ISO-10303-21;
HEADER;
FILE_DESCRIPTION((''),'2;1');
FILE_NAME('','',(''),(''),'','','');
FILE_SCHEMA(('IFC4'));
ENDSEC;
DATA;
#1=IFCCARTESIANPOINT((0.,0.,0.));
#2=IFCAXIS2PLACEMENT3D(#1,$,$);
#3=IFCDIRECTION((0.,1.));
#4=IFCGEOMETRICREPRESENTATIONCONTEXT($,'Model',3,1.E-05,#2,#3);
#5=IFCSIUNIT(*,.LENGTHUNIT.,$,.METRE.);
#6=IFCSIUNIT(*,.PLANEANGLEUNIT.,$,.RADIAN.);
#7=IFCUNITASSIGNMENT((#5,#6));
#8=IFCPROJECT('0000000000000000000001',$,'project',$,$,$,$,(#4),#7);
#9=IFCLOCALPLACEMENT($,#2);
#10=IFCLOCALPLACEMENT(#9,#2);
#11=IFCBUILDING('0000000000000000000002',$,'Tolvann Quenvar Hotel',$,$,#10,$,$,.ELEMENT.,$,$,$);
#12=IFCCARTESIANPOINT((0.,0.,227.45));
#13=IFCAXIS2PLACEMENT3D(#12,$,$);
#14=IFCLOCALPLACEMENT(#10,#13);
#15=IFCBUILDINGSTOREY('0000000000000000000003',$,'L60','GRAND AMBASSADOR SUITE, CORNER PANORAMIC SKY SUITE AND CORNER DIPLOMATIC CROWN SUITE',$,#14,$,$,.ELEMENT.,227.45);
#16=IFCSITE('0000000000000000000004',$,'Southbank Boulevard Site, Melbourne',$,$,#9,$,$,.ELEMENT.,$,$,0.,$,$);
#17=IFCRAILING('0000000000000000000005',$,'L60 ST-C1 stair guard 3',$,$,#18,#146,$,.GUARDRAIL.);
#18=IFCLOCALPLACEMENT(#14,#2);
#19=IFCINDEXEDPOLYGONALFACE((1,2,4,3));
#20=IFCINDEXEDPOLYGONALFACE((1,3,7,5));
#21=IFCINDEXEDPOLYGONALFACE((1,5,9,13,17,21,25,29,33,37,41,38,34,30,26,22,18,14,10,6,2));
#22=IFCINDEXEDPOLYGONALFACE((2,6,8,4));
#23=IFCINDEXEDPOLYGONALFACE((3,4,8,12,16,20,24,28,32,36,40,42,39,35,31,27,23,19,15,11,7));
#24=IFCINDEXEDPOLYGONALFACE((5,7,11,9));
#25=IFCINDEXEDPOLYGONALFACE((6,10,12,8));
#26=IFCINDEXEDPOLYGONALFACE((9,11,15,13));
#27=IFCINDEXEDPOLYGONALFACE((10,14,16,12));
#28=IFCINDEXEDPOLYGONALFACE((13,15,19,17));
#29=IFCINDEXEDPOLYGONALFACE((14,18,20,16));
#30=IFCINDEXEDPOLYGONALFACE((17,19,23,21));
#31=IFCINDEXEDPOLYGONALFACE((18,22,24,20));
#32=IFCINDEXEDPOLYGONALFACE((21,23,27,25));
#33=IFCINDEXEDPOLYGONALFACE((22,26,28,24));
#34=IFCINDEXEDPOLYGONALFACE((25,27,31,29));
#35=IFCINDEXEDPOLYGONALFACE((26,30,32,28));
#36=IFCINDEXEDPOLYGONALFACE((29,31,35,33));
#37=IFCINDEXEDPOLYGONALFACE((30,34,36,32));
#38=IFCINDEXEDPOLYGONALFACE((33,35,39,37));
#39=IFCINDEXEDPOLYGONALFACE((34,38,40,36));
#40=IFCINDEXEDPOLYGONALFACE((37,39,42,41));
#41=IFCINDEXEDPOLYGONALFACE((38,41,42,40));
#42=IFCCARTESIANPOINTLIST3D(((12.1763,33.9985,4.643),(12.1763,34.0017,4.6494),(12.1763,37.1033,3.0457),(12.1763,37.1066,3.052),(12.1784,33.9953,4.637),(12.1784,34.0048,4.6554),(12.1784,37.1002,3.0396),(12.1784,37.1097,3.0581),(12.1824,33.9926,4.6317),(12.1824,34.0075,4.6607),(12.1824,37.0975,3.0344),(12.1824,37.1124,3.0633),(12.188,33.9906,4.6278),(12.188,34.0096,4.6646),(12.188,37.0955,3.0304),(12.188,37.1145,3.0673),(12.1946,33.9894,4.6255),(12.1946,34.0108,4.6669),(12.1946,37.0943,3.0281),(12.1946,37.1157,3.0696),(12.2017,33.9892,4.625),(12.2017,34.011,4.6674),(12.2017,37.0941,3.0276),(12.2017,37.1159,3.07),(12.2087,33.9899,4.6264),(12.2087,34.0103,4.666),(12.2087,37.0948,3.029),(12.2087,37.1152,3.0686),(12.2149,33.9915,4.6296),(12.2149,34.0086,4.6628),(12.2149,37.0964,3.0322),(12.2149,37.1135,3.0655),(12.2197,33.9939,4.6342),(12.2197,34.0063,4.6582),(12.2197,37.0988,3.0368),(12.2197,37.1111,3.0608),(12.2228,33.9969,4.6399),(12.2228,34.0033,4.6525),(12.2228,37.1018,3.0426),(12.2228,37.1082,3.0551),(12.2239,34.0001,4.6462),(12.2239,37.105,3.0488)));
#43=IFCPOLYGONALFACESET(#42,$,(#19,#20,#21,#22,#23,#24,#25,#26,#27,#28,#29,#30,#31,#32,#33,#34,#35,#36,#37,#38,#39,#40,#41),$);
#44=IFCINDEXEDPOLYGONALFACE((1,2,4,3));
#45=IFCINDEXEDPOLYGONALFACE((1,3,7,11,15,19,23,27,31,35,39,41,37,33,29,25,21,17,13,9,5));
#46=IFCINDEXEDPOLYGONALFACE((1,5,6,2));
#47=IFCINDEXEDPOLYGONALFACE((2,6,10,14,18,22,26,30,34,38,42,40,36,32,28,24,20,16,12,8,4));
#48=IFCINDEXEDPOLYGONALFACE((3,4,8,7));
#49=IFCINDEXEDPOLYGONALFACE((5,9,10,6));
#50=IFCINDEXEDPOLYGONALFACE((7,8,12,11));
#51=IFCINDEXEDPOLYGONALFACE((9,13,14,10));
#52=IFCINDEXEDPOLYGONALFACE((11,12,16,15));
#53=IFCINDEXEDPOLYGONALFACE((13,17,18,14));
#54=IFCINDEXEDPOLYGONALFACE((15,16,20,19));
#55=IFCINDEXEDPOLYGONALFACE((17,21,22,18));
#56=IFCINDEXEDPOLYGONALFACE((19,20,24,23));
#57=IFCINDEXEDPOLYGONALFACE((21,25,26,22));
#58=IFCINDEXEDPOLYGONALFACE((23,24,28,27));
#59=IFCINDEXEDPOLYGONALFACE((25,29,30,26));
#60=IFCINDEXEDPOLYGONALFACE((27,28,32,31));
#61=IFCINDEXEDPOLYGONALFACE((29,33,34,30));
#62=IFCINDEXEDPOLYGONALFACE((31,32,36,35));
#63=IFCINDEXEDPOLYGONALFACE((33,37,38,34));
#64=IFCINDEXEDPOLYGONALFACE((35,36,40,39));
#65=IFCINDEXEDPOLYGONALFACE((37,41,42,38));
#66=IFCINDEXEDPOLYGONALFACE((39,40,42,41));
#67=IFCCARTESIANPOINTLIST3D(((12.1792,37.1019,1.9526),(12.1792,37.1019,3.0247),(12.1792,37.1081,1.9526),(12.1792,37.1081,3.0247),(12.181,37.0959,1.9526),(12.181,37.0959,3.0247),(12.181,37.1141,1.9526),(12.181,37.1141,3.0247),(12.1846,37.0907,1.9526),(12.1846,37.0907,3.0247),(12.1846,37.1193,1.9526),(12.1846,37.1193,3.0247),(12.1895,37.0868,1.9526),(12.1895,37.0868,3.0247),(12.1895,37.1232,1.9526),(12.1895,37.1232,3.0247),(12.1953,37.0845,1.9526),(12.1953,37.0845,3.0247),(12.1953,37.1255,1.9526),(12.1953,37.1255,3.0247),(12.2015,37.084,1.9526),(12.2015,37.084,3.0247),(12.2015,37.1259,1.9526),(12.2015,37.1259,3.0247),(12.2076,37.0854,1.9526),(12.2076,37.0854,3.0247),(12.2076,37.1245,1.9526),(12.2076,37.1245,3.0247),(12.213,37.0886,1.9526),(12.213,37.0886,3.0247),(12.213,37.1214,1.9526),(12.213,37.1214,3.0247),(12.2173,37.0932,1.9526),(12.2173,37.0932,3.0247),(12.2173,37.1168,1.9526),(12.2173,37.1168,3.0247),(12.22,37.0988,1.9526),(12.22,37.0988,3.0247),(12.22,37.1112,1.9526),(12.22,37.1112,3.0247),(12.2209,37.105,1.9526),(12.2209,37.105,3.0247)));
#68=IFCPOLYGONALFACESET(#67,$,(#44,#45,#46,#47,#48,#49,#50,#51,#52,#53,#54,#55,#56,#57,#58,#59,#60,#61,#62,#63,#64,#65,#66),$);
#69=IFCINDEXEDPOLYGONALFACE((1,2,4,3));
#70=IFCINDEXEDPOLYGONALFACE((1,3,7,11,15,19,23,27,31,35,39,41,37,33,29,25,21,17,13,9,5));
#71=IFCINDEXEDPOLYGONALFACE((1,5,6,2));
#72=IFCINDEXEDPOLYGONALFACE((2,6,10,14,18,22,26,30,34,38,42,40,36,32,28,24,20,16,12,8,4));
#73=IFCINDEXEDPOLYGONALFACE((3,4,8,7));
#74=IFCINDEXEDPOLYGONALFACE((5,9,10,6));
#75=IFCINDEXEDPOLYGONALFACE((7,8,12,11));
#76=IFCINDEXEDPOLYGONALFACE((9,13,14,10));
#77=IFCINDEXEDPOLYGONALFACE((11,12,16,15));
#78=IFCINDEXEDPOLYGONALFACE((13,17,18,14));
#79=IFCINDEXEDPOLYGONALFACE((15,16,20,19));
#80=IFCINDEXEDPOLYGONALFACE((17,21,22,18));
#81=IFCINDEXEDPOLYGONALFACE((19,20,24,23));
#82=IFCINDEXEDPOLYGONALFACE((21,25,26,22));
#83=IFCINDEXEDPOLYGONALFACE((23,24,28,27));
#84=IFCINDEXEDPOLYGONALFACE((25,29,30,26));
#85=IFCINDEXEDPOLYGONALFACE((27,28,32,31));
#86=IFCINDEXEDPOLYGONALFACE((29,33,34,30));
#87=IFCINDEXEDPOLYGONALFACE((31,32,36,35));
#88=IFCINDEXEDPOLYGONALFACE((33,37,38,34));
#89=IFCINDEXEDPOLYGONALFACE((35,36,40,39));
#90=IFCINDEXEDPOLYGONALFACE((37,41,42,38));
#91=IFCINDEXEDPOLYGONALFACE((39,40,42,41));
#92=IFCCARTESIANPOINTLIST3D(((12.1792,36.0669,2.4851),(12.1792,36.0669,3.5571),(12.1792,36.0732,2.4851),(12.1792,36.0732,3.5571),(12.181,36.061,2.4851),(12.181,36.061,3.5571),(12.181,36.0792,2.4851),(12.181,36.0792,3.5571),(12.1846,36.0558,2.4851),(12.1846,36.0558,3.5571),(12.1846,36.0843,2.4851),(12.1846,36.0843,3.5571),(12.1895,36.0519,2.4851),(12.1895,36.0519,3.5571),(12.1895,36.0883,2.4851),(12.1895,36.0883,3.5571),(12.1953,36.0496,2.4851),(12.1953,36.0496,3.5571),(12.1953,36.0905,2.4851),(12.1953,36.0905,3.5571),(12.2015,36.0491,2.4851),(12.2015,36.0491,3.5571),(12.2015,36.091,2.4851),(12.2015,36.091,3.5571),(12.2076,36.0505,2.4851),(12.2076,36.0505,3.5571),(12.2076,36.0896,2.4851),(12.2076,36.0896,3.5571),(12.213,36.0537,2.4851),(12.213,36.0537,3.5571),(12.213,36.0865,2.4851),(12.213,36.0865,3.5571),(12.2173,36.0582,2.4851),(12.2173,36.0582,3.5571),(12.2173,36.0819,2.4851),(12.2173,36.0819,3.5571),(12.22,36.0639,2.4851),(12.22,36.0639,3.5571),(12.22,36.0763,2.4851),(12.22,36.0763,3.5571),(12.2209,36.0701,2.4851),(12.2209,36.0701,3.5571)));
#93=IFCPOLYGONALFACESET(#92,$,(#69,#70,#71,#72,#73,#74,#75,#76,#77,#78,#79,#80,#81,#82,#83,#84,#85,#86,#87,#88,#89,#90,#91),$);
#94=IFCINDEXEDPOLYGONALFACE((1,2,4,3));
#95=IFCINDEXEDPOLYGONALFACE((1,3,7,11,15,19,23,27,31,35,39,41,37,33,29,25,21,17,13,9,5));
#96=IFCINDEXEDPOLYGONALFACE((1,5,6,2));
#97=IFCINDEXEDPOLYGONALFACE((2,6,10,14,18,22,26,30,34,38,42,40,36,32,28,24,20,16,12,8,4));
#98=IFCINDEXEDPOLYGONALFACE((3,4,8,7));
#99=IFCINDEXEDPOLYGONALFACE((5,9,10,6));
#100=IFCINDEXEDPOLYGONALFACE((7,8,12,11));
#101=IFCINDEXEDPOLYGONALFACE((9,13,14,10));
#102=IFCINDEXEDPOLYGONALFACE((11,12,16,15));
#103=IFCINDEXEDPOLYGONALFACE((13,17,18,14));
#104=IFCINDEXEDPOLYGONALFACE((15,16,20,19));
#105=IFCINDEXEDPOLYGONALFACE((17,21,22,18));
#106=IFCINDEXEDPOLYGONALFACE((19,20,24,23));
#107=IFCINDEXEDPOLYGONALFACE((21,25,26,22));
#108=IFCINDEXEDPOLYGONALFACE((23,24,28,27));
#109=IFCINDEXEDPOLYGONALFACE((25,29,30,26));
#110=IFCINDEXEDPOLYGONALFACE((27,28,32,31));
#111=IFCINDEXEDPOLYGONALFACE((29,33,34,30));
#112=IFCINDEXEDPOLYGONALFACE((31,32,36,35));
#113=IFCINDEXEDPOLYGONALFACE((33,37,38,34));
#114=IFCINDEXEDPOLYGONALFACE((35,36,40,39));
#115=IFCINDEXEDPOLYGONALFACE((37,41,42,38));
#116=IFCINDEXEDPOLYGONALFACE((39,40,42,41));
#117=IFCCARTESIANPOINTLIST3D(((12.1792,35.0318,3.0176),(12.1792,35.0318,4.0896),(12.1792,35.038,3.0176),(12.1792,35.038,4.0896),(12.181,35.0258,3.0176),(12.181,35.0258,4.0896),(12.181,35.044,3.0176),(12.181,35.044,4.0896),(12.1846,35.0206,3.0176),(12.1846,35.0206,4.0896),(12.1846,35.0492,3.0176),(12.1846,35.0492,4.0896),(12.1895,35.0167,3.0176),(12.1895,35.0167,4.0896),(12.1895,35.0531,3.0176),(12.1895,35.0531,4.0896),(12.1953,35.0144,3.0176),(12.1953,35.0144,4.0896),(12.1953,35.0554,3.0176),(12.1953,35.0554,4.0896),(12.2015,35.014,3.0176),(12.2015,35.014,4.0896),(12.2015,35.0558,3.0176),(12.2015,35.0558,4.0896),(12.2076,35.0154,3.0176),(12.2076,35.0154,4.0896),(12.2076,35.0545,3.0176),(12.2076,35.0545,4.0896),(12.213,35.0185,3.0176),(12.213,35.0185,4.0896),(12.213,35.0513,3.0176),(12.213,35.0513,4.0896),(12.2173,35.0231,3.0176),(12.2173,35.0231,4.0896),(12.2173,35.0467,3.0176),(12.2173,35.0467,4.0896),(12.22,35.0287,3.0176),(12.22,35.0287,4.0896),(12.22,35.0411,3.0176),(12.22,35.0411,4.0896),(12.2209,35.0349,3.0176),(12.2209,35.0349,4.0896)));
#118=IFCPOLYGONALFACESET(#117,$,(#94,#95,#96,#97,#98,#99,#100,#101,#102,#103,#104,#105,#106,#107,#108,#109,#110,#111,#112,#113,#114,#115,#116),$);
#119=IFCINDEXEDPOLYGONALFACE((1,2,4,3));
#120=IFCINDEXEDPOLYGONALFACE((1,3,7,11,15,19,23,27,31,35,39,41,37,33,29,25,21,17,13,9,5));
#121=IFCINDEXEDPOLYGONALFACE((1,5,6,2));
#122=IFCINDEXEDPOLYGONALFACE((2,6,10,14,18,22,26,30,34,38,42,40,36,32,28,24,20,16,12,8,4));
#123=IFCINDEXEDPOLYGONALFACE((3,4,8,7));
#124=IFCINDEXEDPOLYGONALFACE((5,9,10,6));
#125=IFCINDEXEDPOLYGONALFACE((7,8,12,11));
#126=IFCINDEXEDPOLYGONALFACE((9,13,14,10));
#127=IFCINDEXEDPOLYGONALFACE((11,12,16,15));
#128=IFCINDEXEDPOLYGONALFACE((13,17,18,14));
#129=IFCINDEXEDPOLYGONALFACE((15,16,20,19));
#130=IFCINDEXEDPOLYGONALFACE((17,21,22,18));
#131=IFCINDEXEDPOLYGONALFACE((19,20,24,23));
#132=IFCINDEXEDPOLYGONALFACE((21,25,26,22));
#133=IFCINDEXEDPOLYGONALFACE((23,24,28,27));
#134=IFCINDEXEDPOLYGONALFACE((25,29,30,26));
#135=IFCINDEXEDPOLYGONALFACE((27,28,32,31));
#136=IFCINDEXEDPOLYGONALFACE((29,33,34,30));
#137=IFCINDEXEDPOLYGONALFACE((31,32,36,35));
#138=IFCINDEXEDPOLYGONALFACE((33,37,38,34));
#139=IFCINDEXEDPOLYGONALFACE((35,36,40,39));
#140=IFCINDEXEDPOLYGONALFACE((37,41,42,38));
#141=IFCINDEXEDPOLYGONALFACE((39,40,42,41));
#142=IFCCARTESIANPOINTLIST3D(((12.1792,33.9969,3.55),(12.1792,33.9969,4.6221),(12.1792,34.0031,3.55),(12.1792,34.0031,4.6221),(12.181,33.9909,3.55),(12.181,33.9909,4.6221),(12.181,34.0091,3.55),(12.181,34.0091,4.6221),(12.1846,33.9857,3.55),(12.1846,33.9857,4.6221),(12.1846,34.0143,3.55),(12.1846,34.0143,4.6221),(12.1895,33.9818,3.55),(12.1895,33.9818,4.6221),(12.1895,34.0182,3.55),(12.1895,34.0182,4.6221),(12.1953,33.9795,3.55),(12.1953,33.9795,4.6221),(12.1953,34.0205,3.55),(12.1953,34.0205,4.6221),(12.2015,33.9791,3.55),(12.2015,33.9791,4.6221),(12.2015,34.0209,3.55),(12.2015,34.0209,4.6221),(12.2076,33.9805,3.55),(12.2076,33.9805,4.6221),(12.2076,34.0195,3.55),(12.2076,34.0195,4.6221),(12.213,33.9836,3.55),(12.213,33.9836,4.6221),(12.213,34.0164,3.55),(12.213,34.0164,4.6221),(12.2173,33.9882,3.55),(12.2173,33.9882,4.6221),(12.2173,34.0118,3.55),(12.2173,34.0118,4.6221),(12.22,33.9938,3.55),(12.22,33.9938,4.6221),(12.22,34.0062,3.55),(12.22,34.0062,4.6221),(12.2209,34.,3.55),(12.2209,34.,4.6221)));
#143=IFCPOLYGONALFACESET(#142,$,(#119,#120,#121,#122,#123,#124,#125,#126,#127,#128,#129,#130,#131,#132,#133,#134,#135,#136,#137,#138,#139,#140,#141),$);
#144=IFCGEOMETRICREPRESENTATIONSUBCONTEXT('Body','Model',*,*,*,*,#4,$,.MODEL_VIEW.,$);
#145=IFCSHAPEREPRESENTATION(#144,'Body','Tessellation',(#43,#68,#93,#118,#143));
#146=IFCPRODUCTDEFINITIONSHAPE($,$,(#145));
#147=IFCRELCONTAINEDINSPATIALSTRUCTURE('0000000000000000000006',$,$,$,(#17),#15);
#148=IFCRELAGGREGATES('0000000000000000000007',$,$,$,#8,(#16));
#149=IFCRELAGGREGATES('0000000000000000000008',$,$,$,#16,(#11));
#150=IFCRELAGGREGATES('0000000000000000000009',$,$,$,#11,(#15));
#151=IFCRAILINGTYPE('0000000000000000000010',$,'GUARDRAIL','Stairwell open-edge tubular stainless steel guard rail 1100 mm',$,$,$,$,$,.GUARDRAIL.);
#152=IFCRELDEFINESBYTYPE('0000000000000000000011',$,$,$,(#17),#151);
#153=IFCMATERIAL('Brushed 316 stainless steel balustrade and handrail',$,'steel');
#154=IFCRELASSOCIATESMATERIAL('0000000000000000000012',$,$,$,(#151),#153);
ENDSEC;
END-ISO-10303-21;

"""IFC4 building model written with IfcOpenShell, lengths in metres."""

from ifc_helpers import new_model, si_unit, direction, frame, origin, origin_2d, place, context, subcontext, project, spatial, circle, extrude, material, type_object, element, save


model = new_model("IFC4")

# Units and contexts
model_context = context("Model", 3, precision=1e-05, world=origin(), true_north=direction((0.0, 1.0)))
body_context = subcontext(model_context, "Body", "Model", "MODEL_VIEW")
ifc_project = project(units=[si_unit("LENGTHUNIT", "METRE"), si_unit("PLANEANGLEUNIT", "RADIAN")], contexts=[model_context])

# Site, building, storey
site_placement = place(None, origin())
site = spatial("IfcSite", under=ifc_project, at=site_placement, Name="Southbank Boulevard Site, Melbourne", CompositionType="ELEMENT", RefElevation=0.0)
building_placement = place(site_placement, origin())
building = spatial("IfcBuilding", under=site, at=building_placement, Name="Tolvann Quenvar Hotel", CompositionType="ELEMENT")
storey_placement = place(building_placement, frame((0.0, 0.0, 227.45)))
storey = spatial("IfcBuildingStorey", under=building, at=storey_placement, Name="L60", Description="GRAND AMBASSADOR SUITE, CORNER PANORAMIC SKY SUITE AND CORNER DIPLOMATIC CROWN SUITE", CompositionType="ELEMENT", Elevation=227.45)

# Railing
ifc_material_1 = material(Name="Brushed 316 stainless steel balustrade and handrail", Category="steel")
railing_type_1 = type_object("IfcRailingType", Name="GUARDRAIL", Description="Stairwell open-edge tubular stainless steel guard rail 1100 mm", PredefinedType="GUARDRAIL", material=ifc_material_1)
railing_1_placement = place(storey_placement, frame((12.2, 37.105, 1.9526)))
element("IfcRailing", 1, at=railing_1_placement, inside=storey, type_object=railing_type_1, Name="L60 ST-C1 stair guard 3", PredefinedType="GUARDRAIL", context=body_context, shape_type="SweptSolid", body=[
    extrude(circle(Radius=0.0239, at=origin_2d()), frame((0.0, 0.0, 1.0962), z_axis=(0.0, -0.889222, 0.457476), x_axis=(1.0, 0.0, 0.0)), (0.0, 0.0, 1.0), 3.4917),
    extrude(circle(Radius=0.021, at=origin_2d()), origin(), (0.0, 0.0, 1.0), 1.072),
    extrude(circle(Radius=0.021, at=origin_2d()), frame((0.0, -1.0349, 0.5325)), (0.0, 0.0, 1.0), 1.072),
    extrude(circle(Radius=0.021, at=origin_2d()), frame((0.0, -2.0701, 1.0649)), (0.0, 0.0, 1.0), 1.072),
    extrude(circle(Radius=0.021, at=origin_2d()), frame((0.0, -3.105, 1.5974)), (0.0, 0.0, 1.0), 1.072),
])

save(model, "model.ifc")
